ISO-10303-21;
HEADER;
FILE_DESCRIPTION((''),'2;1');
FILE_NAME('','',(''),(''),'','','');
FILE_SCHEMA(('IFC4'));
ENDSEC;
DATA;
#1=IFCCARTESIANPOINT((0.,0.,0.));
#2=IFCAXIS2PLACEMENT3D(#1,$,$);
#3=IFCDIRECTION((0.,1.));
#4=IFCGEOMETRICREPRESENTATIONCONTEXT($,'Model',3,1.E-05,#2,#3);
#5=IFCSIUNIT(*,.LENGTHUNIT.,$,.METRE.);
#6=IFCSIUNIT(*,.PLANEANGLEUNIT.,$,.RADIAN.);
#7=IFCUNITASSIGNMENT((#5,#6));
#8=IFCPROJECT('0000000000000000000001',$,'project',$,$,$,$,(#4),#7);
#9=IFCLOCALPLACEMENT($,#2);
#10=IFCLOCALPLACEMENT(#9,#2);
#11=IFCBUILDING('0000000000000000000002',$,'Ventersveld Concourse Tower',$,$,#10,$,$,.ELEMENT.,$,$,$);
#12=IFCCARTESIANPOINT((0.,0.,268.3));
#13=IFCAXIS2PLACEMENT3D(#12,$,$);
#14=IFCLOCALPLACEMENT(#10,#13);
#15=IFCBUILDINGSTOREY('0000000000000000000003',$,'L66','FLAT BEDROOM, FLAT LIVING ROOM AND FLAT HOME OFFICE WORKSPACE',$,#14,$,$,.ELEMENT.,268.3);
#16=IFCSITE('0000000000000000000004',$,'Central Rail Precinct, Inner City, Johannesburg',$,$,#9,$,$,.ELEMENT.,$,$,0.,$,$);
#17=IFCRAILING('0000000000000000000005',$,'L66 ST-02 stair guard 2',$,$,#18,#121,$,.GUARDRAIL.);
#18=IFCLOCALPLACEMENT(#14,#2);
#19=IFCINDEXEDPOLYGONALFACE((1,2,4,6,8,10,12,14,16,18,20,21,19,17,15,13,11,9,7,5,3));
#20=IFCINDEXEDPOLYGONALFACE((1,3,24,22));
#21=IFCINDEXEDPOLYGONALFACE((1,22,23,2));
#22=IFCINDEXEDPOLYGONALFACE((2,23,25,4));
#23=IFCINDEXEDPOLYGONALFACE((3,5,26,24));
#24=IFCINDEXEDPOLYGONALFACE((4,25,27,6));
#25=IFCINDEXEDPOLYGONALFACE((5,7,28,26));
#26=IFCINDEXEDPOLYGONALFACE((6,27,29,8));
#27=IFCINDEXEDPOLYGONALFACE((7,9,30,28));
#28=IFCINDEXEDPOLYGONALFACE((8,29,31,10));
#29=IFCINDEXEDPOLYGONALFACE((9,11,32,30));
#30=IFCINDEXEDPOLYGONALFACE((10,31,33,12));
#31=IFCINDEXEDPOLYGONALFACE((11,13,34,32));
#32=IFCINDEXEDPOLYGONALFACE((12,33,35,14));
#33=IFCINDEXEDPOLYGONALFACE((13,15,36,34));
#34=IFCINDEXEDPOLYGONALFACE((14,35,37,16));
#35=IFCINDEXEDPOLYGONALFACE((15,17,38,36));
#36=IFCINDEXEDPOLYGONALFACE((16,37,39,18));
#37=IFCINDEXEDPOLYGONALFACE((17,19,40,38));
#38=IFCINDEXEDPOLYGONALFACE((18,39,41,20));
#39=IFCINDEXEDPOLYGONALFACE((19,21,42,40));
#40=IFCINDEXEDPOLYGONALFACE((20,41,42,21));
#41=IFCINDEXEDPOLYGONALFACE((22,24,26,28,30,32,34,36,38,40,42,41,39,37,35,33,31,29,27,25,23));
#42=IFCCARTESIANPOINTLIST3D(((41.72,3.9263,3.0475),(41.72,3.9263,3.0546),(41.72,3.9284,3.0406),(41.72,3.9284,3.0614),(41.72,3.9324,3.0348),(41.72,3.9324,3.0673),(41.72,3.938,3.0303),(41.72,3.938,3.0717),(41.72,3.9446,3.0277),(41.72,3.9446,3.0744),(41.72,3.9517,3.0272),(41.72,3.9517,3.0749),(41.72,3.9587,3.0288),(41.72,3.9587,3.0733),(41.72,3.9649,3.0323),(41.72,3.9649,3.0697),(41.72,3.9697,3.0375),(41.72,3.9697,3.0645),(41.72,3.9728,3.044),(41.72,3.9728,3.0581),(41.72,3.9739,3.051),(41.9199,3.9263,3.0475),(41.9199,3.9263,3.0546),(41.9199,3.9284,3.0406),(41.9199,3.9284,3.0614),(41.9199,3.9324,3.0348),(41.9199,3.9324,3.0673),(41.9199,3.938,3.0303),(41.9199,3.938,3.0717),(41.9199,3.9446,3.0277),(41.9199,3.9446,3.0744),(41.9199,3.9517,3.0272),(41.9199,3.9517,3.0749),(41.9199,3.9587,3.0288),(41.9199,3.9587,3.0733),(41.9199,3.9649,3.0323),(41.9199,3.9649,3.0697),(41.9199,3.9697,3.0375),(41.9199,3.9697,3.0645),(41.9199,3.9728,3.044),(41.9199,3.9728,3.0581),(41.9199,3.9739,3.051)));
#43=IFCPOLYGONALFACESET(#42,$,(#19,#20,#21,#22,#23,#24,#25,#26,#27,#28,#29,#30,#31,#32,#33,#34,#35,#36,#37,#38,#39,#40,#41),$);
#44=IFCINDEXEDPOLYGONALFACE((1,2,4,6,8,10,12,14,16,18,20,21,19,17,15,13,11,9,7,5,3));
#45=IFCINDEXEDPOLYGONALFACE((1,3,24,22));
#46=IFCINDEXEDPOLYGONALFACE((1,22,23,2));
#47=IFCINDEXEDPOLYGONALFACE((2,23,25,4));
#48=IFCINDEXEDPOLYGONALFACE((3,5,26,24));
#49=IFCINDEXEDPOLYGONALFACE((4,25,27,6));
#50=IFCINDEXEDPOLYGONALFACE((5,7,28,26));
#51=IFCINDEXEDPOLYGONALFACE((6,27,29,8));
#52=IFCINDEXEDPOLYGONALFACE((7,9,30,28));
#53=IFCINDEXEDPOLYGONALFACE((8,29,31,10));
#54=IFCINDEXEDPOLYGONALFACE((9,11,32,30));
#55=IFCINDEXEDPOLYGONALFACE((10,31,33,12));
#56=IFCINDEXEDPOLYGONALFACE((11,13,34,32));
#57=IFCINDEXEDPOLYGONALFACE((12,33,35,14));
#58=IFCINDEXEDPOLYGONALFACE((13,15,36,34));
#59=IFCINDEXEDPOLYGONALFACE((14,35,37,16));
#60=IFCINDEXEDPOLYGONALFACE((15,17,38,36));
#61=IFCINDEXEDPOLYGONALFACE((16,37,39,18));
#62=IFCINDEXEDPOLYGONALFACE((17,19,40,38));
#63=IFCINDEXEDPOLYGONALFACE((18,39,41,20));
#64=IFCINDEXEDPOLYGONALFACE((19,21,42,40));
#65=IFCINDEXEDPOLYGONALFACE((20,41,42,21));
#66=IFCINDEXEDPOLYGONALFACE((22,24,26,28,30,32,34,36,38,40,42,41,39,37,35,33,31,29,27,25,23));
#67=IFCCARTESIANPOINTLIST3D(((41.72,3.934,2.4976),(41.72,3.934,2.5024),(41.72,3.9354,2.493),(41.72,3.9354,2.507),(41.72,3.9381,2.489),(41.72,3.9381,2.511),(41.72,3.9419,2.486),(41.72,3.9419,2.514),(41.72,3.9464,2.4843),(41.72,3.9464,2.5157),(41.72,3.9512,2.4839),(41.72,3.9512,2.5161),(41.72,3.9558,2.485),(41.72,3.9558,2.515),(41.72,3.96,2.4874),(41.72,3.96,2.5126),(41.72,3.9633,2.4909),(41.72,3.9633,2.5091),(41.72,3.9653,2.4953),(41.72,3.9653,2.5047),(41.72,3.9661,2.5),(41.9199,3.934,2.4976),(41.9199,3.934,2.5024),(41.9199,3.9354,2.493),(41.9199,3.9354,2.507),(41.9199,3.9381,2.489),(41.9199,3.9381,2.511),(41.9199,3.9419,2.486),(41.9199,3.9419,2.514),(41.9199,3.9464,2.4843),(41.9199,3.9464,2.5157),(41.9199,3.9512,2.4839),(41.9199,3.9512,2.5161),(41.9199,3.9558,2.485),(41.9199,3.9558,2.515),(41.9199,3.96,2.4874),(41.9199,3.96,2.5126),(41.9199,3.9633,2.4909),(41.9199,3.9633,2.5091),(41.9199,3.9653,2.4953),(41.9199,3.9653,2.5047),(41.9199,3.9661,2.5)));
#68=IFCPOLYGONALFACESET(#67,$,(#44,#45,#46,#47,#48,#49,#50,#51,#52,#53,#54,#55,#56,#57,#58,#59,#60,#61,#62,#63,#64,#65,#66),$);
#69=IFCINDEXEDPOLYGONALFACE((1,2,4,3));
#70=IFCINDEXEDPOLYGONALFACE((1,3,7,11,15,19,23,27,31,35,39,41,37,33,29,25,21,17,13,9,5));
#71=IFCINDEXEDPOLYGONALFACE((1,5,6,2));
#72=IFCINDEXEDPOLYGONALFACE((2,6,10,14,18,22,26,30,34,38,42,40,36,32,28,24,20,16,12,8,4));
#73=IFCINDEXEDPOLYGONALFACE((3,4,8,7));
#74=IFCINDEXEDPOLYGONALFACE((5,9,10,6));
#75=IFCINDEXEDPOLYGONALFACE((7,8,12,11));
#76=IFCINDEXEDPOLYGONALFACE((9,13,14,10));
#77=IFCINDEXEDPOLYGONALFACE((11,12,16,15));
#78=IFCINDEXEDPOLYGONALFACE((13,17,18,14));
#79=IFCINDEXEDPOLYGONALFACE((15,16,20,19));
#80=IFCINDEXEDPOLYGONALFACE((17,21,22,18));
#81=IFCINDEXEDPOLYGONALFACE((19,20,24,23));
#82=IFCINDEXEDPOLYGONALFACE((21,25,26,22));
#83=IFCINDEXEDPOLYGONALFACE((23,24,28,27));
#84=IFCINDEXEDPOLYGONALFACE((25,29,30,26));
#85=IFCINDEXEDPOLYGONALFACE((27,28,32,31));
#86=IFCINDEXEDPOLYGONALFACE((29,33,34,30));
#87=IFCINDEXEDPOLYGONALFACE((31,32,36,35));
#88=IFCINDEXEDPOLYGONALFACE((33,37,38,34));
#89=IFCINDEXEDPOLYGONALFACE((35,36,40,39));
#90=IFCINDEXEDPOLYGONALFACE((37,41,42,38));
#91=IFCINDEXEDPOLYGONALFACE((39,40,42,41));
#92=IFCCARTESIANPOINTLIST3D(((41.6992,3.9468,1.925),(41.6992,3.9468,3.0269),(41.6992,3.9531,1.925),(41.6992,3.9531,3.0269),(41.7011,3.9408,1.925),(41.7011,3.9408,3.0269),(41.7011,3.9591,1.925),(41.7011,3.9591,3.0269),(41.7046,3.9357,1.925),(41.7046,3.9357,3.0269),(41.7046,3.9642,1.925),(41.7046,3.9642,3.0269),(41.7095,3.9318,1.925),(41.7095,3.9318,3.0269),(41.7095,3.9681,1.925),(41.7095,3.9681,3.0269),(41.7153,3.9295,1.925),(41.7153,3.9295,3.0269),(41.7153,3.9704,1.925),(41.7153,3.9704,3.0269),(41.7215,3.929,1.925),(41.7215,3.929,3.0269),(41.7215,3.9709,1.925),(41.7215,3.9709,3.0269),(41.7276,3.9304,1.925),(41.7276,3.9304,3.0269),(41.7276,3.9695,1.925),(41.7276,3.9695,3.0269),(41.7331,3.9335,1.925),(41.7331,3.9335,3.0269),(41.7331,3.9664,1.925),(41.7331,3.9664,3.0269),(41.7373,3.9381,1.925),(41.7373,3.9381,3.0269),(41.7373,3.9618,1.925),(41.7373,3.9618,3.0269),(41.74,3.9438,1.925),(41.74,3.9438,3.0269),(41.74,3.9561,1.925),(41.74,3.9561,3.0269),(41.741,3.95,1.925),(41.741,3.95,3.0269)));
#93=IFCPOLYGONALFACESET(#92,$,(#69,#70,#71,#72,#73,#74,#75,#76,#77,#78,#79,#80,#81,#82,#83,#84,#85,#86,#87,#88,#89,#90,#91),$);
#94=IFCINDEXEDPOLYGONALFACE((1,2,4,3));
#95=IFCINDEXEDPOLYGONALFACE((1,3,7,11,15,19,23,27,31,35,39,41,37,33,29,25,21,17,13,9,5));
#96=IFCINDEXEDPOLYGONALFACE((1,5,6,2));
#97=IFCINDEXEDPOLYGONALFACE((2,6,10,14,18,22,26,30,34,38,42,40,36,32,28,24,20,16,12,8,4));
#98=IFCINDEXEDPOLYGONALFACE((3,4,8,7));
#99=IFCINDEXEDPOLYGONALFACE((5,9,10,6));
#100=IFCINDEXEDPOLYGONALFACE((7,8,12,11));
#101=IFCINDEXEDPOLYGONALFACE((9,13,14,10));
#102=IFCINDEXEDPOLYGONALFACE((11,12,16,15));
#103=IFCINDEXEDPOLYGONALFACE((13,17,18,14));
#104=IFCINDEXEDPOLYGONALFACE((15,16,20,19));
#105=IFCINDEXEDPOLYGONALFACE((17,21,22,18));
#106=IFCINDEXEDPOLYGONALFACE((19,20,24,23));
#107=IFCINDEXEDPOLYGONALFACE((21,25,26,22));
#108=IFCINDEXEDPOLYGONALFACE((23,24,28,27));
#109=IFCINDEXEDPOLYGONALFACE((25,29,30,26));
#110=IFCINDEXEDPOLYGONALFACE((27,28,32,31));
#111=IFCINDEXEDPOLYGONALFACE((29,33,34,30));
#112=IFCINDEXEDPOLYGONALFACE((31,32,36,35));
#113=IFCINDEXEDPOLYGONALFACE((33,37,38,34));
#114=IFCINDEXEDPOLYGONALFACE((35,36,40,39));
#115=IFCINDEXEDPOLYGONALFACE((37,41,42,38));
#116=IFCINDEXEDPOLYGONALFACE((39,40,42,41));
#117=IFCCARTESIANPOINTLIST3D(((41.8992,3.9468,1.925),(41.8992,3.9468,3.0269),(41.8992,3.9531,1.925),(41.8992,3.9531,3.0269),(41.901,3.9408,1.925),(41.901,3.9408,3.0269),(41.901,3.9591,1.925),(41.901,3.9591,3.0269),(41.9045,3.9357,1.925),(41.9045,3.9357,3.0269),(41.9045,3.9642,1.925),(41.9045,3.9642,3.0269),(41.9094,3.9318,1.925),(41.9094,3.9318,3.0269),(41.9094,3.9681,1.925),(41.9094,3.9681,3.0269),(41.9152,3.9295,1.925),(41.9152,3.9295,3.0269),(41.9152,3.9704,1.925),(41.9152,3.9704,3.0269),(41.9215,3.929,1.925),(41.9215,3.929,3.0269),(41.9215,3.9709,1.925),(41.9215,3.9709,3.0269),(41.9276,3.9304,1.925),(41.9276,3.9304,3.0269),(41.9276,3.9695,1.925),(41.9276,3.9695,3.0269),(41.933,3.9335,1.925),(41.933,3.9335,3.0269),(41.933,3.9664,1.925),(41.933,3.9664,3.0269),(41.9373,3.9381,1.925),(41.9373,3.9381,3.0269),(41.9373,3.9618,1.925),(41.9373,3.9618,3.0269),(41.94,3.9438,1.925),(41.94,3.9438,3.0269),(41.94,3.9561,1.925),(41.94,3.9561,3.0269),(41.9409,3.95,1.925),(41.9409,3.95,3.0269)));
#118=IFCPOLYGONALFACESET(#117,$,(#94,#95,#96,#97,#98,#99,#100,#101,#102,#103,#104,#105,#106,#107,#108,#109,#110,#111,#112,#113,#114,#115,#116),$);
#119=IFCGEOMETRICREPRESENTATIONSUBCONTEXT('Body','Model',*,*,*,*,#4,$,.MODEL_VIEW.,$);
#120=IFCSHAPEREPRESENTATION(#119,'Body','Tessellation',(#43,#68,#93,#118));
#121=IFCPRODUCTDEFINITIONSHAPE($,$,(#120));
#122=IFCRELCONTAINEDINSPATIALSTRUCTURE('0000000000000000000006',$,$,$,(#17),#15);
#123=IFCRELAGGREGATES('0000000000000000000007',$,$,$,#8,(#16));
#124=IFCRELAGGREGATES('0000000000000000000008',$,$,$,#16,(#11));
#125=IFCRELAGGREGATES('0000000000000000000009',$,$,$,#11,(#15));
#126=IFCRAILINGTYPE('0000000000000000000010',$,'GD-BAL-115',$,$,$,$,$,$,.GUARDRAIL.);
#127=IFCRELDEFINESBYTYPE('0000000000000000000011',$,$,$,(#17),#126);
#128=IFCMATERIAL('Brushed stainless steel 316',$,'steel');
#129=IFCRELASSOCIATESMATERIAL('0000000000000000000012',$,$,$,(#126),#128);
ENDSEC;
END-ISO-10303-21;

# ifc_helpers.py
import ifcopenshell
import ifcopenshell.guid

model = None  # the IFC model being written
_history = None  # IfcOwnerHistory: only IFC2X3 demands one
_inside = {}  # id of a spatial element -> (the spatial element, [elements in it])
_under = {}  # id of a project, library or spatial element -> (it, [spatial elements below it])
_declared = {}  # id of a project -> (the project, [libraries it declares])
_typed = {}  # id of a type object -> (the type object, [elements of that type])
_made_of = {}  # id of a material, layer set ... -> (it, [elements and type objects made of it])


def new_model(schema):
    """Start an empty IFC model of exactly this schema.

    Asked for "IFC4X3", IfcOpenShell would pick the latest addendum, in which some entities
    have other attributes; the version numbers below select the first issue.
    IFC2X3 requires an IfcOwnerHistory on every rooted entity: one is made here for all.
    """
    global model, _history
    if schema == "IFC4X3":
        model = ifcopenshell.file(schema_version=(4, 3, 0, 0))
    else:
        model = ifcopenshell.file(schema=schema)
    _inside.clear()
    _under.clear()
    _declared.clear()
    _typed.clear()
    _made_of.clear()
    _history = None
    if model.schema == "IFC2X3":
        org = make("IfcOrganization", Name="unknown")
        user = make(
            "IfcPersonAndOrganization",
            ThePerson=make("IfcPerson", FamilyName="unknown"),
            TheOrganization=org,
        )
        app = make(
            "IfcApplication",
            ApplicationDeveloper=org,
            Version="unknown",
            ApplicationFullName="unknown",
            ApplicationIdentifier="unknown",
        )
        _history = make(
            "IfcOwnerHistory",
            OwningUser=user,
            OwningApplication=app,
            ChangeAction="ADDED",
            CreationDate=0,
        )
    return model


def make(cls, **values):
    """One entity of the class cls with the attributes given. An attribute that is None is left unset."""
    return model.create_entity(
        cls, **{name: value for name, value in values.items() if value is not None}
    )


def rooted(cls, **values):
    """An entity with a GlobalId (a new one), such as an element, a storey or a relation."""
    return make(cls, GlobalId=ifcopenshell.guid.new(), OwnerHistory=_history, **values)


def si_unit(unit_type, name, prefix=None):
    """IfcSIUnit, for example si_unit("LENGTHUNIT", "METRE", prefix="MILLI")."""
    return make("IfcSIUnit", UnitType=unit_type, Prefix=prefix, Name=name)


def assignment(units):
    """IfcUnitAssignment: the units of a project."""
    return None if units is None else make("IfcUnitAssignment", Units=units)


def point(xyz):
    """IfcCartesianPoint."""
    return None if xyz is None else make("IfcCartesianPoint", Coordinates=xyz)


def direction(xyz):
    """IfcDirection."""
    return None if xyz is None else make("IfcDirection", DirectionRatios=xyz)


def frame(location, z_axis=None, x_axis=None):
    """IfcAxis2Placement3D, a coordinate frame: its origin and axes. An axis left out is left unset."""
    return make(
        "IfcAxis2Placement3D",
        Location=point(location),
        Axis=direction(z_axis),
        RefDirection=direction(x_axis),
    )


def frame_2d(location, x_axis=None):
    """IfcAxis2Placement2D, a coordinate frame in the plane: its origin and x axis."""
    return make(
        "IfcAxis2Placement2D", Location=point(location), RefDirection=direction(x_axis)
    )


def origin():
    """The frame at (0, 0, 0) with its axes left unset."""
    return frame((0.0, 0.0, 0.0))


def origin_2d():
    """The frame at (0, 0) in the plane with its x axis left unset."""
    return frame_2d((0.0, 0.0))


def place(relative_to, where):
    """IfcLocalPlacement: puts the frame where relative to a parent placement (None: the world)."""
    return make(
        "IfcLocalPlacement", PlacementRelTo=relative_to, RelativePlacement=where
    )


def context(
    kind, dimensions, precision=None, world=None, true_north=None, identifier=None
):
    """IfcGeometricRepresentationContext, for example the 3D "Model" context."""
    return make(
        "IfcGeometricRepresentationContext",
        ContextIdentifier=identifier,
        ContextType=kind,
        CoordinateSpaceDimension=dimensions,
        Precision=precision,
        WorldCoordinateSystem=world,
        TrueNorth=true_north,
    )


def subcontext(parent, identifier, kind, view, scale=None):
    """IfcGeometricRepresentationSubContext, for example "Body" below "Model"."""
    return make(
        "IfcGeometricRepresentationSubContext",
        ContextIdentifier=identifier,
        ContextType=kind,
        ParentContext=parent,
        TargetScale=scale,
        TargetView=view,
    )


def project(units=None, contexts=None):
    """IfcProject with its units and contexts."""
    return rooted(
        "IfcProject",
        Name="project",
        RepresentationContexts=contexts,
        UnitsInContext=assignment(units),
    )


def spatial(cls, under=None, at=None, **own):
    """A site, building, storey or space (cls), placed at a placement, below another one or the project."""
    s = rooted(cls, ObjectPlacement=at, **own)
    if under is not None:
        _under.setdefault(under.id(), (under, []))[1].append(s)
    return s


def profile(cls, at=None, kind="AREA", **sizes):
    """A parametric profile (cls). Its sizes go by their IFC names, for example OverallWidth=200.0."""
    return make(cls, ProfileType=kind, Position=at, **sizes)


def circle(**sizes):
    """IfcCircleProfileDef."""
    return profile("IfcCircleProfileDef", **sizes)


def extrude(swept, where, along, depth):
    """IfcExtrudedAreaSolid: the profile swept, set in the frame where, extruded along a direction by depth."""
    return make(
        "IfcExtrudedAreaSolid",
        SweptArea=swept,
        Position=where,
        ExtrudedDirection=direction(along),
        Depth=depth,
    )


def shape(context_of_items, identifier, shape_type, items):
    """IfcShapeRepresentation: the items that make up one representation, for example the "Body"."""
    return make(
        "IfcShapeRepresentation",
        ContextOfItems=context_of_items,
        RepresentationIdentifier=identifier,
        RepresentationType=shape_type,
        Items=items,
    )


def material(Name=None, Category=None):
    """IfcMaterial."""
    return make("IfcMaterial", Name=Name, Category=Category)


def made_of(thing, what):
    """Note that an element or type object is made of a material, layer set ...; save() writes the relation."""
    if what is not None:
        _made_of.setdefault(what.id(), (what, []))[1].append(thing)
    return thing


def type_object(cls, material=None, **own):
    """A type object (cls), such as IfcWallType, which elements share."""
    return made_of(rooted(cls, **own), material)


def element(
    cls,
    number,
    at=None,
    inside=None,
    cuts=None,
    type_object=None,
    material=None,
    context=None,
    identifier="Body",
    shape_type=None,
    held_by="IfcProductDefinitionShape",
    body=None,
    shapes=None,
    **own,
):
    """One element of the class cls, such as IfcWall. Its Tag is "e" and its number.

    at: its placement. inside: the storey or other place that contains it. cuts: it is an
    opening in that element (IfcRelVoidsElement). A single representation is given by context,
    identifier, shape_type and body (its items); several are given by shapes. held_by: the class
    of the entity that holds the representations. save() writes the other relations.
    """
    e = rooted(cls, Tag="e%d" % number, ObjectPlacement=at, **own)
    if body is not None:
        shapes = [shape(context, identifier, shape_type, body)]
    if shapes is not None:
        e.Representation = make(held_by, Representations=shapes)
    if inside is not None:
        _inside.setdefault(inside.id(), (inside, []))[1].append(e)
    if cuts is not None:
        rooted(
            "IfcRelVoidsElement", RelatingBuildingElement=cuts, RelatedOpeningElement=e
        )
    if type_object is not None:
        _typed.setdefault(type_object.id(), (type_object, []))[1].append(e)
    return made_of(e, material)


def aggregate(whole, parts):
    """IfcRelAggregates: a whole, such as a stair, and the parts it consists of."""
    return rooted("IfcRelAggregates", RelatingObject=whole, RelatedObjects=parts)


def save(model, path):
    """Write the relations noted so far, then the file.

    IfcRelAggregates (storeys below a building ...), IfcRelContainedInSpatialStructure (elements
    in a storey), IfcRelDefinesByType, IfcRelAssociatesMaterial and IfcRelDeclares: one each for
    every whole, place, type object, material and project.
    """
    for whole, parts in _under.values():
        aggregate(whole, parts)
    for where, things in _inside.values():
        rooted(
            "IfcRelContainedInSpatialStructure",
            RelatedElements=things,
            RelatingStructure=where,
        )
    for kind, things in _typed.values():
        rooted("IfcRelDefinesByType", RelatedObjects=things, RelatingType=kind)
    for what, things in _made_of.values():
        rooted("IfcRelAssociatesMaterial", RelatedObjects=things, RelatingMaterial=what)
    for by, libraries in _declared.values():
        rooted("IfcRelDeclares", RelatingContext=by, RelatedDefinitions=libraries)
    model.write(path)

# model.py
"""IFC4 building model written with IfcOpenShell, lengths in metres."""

from ifc_helpers import new_model, si_unit, direction, frame, origin, origin_2d, place, context, subcontext, project, spatial, circle, extrude, material, type_object, element, save


model = new_model("IFC4")

# Units and contexts
model_context = context("Model", 3, precision=1e-05, world=origin(), true_north=direction((0.0, 1.0)))
body_context = subcontext(model_context, "Body", "Model", "MODEL_VIEW")
ifc_project = project(units=[si_unit("LENGTHUNIT", "METRE"), si_unit("PLANEANGLEUNIT", "RADIAN")], contexts=[model_context])

# Site, building, storey
site_placement = place(None, origin())
site = spatial("IfcSite", under=ifc_project, at=site_placement, Name="Central Rail Precinct, Inner City, Johannesburg", CompositionType="ELEMENT", RefElevation=0.0)
building_placement = place(site_placement, origin())
building = spatial("IfcBuilding", under=site, at=building_placement, Name="Ventersveld Concourse Tower", CompositionType="ELEMENT")
storey_placement = place(building_placement, frame((0.0, 0.0, 268.3)))
storey = spatial("IfcBuildingStorey", under=building, at=storey_placement, Name="L66", Description="FLAT BEDROOM, FLAT LIVING ROOM AND FLAT HOME OFFICE WORKSPACE", CompositionType="ELEMENT", Elevation=268.3)

# Shared definitions
ifc_material_1 = material(Name="Brushed stainless steel 316", Category="steel")

# Railing
railing_type_1 = type_object("IfcRailingType", Name="GD-BAL-115", PredefinedType="GUARDRAIL", material=ifc_material_1)
railing_1_placement = place(storey_placement, frame((41.72, 3.95, 1.925)))
element("IfcRailing", 1, at=railing_1_placement, inside=storey, type_object=railing_type_1, Name="L66 ST-02 stair guard 2", PredefinedType="GUARDRAIL", context=body_context, shape_type="SweptSolid", body=[
    extrude(circle(Radius=0.0239, at=origin_2d()), frame((0.0, 0.0, 1.126), z_axis=(1.0, 0.0, 0.0), x_axis=(0.0, 1.0, 0.0)), (0.0, 0.0, 1.0), 0.2),
    extrude(circle(Radius=0.0161, at=origin_2d()), frame((0.0, 0.0, 0.575), z_axis=(1.0, 0.0, 0.0), x_axis=(0.0, 1.0, 0.0)), (0.0, 0.0, 1.0), 0.2),
    extrude(circle(Radius=0.021, at=origin_2d()), origin(), (0.0, 0.0, 1.0), 1.1018),
    extrude(circle(Radius=0.021, at=origin_2d()), frame((0.2, 0.0, 0.0)), (0.0, 0.0, 1.0), 1.1018),
])

save(model, "model.ifc")
